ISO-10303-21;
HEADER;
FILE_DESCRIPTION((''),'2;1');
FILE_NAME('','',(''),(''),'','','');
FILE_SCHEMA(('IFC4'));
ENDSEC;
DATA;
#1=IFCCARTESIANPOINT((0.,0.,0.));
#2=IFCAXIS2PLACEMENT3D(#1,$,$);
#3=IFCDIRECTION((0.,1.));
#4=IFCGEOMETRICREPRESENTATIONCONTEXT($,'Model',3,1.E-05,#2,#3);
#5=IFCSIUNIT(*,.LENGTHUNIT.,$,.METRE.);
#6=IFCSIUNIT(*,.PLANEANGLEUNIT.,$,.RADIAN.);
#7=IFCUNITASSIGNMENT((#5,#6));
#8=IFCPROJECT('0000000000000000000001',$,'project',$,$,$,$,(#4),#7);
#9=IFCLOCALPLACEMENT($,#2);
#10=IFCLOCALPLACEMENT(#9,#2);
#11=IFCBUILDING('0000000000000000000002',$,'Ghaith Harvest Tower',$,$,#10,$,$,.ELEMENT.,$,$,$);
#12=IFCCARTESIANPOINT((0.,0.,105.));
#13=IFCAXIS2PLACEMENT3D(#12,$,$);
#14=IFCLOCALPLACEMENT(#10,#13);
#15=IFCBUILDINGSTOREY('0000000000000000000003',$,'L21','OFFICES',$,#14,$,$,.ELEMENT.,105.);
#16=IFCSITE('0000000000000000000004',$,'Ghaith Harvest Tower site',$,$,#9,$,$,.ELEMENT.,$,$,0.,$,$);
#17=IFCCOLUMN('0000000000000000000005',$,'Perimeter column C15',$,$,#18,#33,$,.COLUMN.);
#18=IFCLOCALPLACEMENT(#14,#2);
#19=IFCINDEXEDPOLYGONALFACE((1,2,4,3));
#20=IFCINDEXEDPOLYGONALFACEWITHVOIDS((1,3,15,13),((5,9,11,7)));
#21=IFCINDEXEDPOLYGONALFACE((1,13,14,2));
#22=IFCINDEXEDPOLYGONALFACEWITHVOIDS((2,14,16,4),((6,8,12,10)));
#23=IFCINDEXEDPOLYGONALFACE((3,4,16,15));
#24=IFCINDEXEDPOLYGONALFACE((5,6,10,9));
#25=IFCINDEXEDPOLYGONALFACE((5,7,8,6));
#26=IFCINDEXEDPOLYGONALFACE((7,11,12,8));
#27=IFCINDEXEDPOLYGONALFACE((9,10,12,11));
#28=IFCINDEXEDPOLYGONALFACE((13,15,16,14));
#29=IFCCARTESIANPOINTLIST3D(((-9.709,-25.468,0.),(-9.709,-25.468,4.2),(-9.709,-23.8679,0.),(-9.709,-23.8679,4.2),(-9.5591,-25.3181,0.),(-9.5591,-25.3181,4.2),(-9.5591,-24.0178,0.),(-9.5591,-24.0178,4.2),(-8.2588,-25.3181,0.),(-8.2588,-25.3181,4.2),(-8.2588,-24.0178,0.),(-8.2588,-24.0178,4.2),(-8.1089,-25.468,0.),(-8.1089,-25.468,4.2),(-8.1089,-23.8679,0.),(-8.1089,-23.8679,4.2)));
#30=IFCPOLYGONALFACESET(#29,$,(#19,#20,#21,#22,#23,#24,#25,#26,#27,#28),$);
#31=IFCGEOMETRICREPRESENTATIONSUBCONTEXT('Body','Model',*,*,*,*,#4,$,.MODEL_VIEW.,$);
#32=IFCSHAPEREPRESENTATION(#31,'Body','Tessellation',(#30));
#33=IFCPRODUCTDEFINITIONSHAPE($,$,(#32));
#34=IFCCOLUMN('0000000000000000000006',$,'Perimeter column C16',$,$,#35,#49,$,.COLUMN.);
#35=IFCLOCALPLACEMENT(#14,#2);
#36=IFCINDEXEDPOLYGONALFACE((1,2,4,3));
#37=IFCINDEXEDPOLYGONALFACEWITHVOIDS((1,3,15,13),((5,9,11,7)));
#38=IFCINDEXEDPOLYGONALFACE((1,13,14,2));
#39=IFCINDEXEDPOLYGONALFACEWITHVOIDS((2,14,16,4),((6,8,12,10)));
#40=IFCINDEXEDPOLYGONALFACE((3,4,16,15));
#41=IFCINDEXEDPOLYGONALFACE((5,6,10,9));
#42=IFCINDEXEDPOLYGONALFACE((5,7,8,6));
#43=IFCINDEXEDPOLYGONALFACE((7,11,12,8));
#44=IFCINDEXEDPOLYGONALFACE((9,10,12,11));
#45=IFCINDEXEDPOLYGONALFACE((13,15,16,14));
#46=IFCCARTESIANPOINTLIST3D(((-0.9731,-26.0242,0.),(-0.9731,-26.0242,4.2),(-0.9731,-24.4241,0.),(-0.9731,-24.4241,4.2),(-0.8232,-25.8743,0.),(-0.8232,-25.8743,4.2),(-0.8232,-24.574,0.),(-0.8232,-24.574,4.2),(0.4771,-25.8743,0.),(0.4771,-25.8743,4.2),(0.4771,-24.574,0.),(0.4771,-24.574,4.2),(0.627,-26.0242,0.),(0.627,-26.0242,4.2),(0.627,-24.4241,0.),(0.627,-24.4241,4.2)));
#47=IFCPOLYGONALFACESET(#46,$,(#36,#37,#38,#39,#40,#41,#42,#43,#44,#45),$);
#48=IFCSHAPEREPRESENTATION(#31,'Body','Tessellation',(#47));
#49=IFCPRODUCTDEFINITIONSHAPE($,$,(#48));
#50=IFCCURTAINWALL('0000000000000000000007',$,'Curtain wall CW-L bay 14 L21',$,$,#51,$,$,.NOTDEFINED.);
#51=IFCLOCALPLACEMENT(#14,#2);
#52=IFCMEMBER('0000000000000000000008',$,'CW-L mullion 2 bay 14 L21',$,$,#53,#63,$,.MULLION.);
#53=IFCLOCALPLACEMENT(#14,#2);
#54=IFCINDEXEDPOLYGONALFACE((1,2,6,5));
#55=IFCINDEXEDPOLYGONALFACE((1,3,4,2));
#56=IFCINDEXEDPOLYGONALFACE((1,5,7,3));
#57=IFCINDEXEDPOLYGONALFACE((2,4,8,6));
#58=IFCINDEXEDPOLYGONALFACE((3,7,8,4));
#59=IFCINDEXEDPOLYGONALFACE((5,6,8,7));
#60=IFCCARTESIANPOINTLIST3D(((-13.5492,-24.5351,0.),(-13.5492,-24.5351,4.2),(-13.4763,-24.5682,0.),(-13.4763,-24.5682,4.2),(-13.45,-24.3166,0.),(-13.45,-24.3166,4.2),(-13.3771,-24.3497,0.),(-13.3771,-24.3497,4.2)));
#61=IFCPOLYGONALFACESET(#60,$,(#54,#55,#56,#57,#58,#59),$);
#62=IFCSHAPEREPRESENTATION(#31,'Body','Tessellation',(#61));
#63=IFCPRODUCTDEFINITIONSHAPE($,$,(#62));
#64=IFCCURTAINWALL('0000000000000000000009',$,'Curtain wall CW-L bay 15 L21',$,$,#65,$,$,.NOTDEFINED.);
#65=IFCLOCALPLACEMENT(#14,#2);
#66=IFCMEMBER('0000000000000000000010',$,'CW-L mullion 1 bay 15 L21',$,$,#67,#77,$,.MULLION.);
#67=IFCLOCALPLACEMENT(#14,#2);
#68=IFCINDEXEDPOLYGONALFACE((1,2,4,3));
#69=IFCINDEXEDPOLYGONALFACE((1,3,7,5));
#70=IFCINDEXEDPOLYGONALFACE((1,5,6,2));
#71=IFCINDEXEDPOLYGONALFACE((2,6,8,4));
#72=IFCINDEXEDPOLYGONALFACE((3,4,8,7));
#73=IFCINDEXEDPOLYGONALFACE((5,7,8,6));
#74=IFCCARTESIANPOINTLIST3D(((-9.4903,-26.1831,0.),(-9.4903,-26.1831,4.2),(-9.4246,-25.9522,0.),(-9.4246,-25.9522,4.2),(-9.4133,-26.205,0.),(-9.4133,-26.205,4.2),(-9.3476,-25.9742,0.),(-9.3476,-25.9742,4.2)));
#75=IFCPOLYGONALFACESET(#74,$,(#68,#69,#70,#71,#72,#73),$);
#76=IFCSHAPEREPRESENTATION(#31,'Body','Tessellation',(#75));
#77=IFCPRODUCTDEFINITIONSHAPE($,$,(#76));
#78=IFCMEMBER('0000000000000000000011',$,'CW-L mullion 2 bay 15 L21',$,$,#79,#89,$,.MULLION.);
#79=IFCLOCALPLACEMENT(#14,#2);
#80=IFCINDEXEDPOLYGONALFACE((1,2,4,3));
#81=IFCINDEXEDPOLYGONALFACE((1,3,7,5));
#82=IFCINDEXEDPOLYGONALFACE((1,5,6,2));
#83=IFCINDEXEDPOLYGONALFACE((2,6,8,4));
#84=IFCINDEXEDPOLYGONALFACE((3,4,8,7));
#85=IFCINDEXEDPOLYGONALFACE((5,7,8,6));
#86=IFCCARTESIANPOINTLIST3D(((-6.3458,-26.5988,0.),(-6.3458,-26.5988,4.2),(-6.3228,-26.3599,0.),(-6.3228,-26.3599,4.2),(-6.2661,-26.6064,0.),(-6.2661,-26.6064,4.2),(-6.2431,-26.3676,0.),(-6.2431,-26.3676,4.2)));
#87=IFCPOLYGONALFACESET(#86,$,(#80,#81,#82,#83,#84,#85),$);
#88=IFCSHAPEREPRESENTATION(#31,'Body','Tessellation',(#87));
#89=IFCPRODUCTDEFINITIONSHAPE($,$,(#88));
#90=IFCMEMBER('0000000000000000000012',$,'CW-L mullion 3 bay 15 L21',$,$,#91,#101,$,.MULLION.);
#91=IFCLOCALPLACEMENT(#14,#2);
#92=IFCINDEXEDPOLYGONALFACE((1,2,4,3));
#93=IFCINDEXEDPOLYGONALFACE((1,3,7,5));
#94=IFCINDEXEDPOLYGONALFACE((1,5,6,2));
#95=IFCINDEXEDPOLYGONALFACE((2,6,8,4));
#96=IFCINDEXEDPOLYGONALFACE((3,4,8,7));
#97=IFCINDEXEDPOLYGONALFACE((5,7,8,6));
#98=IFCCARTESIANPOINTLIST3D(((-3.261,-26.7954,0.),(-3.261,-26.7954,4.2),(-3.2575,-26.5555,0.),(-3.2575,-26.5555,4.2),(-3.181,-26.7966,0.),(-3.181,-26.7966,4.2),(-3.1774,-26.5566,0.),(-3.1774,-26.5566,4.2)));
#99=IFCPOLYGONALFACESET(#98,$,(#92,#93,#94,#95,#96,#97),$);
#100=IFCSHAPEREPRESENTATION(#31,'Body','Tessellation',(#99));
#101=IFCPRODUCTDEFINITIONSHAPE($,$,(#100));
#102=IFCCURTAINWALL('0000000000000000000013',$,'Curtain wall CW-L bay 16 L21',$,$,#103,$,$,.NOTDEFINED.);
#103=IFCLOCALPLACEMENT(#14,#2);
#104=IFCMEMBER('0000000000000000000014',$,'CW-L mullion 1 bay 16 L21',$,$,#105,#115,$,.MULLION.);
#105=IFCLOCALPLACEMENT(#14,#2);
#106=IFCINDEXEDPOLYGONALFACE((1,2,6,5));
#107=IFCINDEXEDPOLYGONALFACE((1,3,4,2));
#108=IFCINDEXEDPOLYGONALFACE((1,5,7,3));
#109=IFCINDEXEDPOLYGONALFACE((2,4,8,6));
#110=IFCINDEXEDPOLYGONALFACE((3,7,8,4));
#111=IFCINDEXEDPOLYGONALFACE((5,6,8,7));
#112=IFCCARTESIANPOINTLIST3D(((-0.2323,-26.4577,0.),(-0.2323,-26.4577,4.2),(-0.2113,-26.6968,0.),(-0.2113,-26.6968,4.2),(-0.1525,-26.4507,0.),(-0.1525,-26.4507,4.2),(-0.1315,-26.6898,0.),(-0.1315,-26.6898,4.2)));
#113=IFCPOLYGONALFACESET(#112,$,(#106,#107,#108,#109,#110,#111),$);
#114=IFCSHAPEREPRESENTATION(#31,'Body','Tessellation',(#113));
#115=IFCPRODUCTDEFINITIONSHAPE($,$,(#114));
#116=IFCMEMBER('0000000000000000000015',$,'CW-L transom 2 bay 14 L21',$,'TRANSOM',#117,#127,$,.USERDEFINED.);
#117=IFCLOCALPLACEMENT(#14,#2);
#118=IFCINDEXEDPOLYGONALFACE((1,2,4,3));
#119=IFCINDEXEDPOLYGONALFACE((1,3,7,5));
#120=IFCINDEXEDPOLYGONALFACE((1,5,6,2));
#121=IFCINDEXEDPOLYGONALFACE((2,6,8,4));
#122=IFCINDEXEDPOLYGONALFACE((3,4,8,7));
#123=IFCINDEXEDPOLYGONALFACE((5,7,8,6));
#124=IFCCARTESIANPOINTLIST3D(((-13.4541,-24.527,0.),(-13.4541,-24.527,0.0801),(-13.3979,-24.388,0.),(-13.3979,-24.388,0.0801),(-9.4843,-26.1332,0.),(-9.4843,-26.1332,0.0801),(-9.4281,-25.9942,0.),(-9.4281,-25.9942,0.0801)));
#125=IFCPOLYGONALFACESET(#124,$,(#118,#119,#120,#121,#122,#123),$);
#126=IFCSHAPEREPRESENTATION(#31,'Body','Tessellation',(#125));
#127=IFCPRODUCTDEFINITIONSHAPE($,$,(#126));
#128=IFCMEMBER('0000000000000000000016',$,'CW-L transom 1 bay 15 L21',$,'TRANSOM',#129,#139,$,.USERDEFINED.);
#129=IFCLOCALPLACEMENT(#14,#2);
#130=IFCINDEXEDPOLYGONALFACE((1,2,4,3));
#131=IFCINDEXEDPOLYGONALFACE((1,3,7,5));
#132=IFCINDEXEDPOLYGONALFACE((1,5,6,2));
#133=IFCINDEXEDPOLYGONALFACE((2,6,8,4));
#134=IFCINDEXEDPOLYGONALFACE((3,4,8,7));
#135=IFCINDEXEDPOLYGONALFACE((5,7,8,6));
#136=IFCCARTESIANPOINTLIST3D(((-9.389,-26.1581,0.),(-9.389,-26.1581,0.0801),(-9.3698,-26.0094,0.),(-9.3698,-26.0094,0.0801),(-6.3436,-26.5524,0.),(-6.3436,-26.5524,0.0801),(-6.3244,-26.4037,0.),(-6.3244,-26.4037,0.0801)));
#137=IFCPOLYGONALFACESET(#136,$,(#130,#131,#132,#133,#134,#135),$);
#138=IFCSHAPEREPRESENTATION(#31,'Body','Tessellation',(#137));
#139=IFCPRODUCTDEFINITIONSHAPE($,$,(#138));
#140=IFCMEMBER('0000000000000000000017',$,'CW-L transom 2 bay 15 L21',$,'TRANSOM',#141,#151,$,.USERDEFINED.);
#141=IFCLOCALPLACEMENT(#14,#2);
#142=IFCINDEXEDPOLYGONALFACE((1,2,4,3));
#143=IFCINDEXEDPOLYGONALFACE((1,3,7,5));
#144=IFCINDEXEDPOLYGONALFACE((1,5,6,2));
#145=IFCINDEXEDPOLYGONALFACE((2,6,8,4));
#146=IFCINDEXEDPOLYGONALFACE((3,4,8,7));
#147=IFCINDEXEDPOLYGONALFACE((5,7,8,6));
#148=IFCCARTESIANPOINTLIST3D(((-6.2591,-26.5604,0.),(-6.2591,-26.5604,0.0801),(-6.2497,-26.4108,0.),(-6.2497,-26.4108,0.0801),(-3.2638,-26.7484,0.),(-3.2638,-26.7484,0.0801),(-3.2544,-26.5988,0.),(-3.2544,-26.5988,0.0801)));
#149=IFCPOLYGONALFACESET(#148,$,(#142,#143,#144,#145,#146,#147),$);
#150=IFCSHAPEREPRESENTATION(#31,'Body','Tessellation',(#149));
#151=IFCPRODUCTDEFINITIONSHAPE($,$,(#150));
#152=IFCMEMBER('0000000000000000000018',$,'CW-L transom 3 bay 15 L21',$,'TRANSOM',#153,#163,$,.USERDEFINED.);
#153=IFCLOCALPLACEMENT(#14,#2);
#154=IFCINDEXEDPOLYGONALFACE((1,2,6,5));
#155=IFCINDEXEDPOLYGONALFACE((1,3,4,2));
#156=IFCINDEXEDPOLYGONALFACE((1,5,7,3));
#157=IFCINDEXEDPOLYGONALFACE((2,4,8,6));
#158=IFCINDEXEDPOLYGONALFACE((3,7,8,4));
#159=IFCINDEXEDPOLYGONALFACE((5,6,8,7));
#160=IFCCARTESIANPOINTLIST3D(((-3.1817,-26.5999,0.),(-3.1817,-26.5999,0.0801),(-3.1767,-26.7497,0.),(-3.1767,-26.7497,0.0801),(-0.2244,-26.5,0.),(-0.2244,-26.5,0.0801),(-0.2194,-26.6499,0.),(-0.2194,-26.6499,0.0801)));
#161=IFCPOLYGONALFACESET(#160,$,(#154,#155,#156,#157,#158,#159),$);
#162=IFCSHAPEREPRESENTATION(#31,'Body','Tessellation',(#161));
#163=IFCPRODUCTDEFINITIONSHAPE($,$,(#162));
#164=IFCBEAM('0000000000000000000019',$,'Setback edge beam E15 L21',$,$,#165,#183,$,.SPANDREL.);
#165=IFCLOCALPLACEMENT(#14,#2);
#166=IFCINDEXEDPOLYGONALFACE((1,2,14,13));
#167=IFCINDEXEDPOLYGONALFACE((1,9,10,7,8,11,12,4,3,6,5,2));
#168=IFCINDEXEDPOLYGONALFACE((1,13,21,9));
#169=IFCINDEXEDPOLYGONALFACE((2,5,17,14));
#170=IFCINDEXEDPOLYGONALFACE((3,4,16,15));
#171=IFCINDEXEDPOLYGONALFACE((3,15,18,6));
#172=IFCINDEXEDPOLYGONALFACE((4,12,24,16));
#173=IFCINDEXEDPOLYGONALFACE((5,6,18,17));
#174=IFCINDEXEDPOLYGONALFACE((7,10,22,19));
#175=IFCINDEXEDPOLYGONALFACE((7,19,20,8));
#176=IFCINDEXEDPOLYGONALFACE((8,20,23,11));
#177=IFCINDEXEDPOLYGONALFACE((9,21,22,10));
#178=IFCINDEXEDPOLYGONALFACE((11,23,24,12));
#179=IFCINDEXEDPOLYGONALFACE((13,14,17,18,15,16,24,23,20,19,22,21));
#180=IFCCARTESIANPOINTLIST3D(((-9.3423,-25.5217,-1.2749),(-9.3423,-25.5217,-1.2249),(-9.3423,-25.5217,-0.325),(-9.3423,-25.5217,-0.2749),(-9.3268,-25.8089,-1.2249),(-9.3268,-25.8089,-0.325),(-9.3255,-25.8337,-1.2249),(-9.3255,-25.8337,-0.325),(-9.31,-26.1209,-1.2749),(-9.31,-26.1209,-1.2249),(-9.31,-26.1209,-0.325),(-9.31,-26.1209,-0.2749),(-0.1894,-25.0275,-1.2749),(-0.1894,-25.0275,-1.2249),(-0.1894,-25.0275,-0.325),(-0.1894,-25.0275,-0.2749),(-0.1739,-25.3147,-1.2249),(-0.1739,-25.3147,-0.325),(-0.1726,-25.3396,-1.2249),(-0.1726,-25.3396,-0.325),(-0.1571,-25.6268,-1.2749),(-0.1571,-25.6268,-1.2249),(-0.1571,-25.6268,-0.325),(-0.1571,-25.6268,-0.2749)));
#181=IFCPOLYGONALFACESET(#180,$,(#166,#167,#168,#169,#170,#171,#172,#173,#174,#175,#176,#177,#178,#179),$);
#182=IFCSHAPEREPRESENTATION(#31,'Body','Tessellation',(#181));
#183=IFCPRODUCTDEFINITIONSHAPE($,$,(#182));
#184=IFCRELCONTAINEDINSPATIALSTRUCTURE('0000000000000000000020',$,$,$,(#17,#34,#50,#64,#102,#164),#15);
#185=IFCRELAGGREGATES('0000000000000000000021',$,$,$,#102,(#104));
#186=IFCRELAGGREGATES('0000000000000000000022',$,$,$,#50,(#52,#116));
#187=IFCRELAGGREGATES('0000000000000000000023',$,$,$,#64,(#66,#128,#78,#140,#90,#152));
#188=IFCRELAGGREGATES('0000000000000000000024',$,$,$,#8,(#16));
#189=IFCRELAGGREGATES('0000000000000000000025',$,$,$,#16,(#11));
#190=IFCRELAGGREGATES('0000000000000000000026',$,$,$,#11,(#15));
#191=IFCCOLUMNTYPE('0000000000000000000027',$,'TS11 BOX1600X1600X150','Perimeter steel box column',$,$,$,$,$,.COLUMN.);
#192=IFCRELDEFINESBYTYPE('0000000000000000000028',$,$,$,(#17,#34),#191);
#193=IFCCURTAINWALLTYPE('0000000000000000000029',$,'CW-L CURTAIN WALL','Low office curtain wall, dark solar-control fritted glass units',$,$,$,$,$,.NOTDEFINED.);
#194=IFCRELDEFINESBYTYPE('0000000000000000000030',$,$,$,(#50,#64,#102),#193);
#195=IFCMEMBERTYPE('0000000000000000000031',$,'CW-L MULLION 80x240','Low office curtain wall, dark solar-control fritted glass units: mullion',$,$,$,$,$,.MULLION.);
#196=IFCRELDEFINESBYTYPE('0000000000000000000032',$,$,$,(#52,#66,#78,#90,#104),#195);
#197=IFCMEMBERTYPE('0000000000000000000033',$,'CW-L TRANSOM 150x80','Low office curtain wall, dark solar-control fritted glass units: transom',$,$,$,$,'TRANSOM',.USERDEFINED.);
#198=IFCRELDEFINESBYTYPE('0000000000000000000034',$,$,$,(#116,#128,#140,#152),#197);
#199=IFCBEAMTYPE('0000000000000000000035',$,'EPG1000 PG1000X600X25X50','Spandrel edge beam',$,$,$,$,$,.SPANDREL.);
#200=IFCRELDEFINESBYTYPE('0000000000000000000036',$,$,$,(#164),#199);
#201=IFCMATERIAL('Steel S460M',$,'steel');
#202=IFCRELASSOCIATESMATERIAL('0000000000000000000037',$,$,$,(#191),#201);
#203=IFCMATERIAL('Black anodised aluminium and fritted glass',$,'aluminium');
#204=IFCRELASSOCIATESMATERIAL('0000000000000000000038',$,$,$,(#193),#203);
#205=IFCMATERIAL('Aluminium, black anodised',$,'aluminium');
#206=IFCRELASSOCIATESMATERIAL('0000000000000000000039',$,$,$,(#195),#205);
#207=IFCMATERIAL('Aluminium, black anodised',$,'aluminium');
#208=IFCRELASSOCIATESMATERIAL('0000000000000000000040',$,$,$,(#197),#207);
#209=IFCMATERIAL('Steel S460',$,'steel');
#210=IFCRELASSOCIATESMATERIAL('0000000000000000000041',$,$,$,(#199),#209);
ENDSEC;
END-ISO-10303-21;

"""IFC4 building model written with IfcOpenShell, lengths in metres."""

from ifc_helpers import new_model, si_unit, direction, frame, origin, origin_2d, place, context, subcontext, project, spatial, rectangle, hollow_rectangle, i_section, extrude, material, material_profile, profile_set, type_object, element, aggregate, save


model = new_model("IFC4")

# Units and contexts
model_context = context("Model", 3, precision=1e-05, world=origin(), true_north=direction((0.0, 1.0)))
body_context = subcontext(model_context, "Body", "Model", "MODEL_VIEW")
ifc_project = project(units=[si_unit("LENGTHUNIT", "METRE"), si_unit("PLANEANGLEUNIT", "RADIAN")], contexts=[model_context])

# Site, building, storey
site_placement = place(None, origin())
site = spatial("IfcSite", under=ifc_project, at=site_placement, Name="Ghaith Harvest Tower site", CompositionType="ELEMENT", RefElevation=0.0)
building_placement = place(site_placement, origin())
building = spatial("IfcBuilding", under=site, at=building_placement, Name="Ghaith Harvest Tower", CompositionType="ELEMENT")
storey_placement = place(building_placement, frame((0.0, 0.0, 105.0)))
storey = spatial("IfcBuildingStorey", under=building, at=storey_placement, Name="L21", Description="OFFICES", CompositionType="ELEMENT", Elevation=105.0)

# Columns
ifc_material_1 = material(Name="Steel S460M", Category="steel")
ifc_material_profile_1 = material_profile(ifc_material_1, hollow_rectangle(XDim=1.6001, YDim=1.6001, WallThickness=0.1499, at=origin_2d()), Name="BOX1600X1600X150")
ifc_profile_set_1 = profile_set([ifc_material_profile_1], Name="Steel S460M")
column_type = type_object("IfcColumnType", Name="TS11 BOX1600X1600X150", Description="Perimeter steel box column", PredefinedType="COLUMN", material=ifc_profile_set_1)
for number, where, z_axis, x_axis, name in (
    (1, (-8.9089, -24.668, 0.0), (0.0, 0.0, 1.0), (1.0, 0.0, 0.0), "Perimeter column C15"),
    (2, (-0.1731, -25.2241, 0.0), (0.0, 0.0, 1.0), (1.0, 0.0, 0.0), "Perimeter column C16"),
):
    element("IfcColumn", number, at=place(storey_placement, frame(where, z_axis=z_axis, x_axis=x_axis)), inside=storey, type_object=column_type, Name=name, PredefinedType="COLUMN", context=body_context, shape_type="SweptSolid", body=[
        extrude(hollow_rectangle(XDim=1.6001, YDim=1.6001, WallThickness=0.1499, at=origin_2d()), origin(), (0.0, 0.0, 1.0), 4.2),
    ])

# Curtain wall, member
ifc_material_2 = material(Name="Black anodised aluminium and fritted glass", Category="aluminium")
curtain_wall_type = type_object("IfcCurtainWallType", Name="CW-L CURTAIN WALL", Description="Low office curtain wall, dark solar-control fritted glass units", PredefinedType="NOTDEFINED", material=ifc_material_2)
curtain_wall_1_placement = place(storey_placement, origin())
curtain_wall_1 = element("IfcCurtainWall", 3, at=curtain_wall_1_placement, inside=storey, type_object=curtain_wall_type, Name="Curtain wall CW-L bay 14 L21", PredefinedType="NOTDEFINED")
ifc_material_3 = material(Name="Aluminium, black anodised", Category="aluminium")
ifc_material_profile_2 = material_profile(ifc_material_3, rectangle(XDim=0.0801, YDim=0.24, at=origin_2d()), Name="CW-L MULLION 80x240")
ifc_profile_set_2 = profile_set([ifc_material_profile_2], Name="Aluminium, black anodised")
member_type_1 = type_object("IfcMemberType", Name="CW-L MULLION 80x240", Description="Low office curtain wall, dark solar-control fritted glass units: mullion", PredefinedType="MULLION", material=ifc_profile_set_2)
member_1_placement = place(storey_placement, frame((-13.4631, -24.4424, 0.0), z_axis=(0.0, 0.0, 1.0), x_axis=(0.910648, -0.413183, 0.0)))
member_1 = element("IfcMember", 4, at=member_1_placement, type_object=member_type_1, Name="CW-L mullion 2 bay 14 L21", PredefinedType="MULLION", context=body_context, shape_type="SweptSolid", body=[
    extrude(rectangle(XDim=0.0801, YDim=0.24, at=origin_2d()), origin(), (0.0, 0.0, 1.0), 4.2),
])

# Curtain wall, members
curtain_wall_2_placement = place(storey_placement, origin())
curtain_wall_2 = element("IfcCurtainWall", 5, at=curtain_wall_2_placement, inside=storey, type_object=curtain_wall_type, Name="Curtain wall CW-L bay 15 L21", PredefinedType="NOTDEFINED")
member_2_placement = place(storey_placement, frame((-9.4189, -26.0786, 0.0), z_axis=(0.0, 0.0, 1.0), x_axis=(0.961789, -0.273793, 0.0)))
member_2 = element("IfcMember", 6, at=member_2_placement, type_object=member_type_1, Name="CW-L mullion 1 bay 15 L21", PredefinedType="MULLION", context=body_context, shape_type="SweptSolid", body=[
    extrude(rectangle(XDim=0.0801, YDim=0.24, at=origin_2d()), origin(), (0.0, 0.0, 1.0), 4.2),
])
member_3_placement = place(storey_placement, frame((-6.2944, -26.4832, 0.0), z_axis=(0.0, 0.0, 1.0), x_axis=(0.995389, -0.095918, 0.0)))
member_3 = element("IfcMember", 7, at=member_3_placement, type_object=member_type_1, Name="CW-L mullion 2 bay 15 L21", PredefinedType="MULLION", context=body_context, shape_type="SweptSolid", body=[
    extrude(rectangle(XDim=0.0801, YDim=0.24, at=origin_2d()), origin(), (0.0, 0.0, 1.0), 4.2),
])
member_4_placement = place(storey_placement, frame((-3.2192, -26.676, 0.0), z_axis=(0.0, 0.0, 1.0), x_axis=(0.999891, -0.014796, 0.0)))
member_4 = element("IfcMember", 8, at=member_4_placement, type_object=member_type_1, Name="CW-L mullion 3 bay 15 L21", PredefinedType="MULLION", context=body_context, shape_type="SweptSolid", body=[
    extrude(rectangle(XDim=0.0801, YDim=0.24, at=origin_2d()), origin(), (0.0, 0.0, 1.0), 4.2),
])

# Curtain wall, member
curtain_wall_3_placement = place(storey_placement, origin())
curtain_wall_3 = element("IfcCurtainWall", 9, at=curtain_wall_3_placement, inside=storey, type_object=curtain_wall_type, Name="Curtain wall CW-L bay 16 L21", PredefinedType="NOTDEFINED")
member_5_placement = place(storey_placement, frame((-0.1819, -26.5737, 0.0), z_axis=(0.0, 0.0, 1.0), x_axis=(0.996169, 0.087446, 0.0)))
member_5 = element("IfcMember", 10, at=member_5_placement, type_object=member_type_1, Name="CW-L mullion 1 bay 16 L21", PredefinedType="MULLION", context=body_context, shape_type="SweptSolid", body=[
    extrude(rectangle(XDim=0.0801, YDim=0.24, at=origin_2d()), origin(), (0.0, 0.0, 1.0), 4.2),
])
aggregate(curtain_wall_3, [member_5])

# Members
ifc_material_4 = material(Name="Aluminium, black anodised", Category="aluminium")
ifc_material_profile_3 = material_profile(ifc_material_4, rectangle(XDim=0.1499, YDim=0.0801, at=origin_2d()), Name="CW-L TRANSOM 150x80")
ifc_profile_set_3 = profile_set([ifc_material_profile_3], Name="Aluminium, black anodised")
member_type_2 = type_object("IfcMemberType", Name="CW-L TRANSOM 150x80", Description="Low office curtain wall, dark solar-control fritted glass units: transom", ElementType="TRANSOM", PredefinedType="USERDEFINED", material=ifc_profile_set_3)
member_6_placement = place(storey_placement, frame((-13.426, -24.4575, 0.04), z_axis=(0.927003, -0.375054, 0.0), x_axis=(0.375054, 0.927003, 0.0)))
member_6 = element("IfcMember", 11, at=member_6_placement, type_object=member_type_2, Name="CW-L transom 2 bay 14 L21", ObjectType="TRANSOM", PredefinedType="USERDEFINED", context=body_context, shape_type="SweptSolid", body=[
    extrude(rectangle(XDim=0.1499, YDim=0.0801, at=origin_2d()), origin(), (0.0, 0.0, 1.0), 4.2825),
])
member_7_placement = place(storey_placement, frame((-9.3794, -26.0837, 0.04), z_axis=(0.991723, -0.128398, 0.0), x_axis=(0.128398, 0.991723, 0.0)))
member_7 = element("IfcMember", 12, at=member_7_placement, type_object=member_type_2, Name="CW-L transom 1 bay 15 L21", ObjectType="TRANSOM", PredefinedType="USERDEFINED", context=body_context, shape_type="SweptSolid", body=[
    extrude(rectangle(XDim=0.1499, YDim=0.0801, at=origin_2d()), origin(), (0.0, 0.0, 1.0), 3.0708),
])
member_8_placement = place(storey_placement, frame((-6.2544, -26.4856, 0.04), z_axis=(0.998036, -0.062637, 0.0), x_axis=(0.062637, 0.998036, 0.0)))
member_8 = element("IfcMember", 13, at=member_8_placement, type_object=member_type_2, Name="CW-L transom 2 bay 15 L21", ObjectType="TRANSOM", PredefinedType="USERDEFINED", context=body_context, shape_type="SweptSolid", body=[
    extrude(rectangle(XDim=0.1499, YDim=0.0801, at=origin_2d()), origin(), (0.0, 0.0, 1.0), 3.0012),
])
member_9_placement = place(storey_placement, frame((-3.1792, -26.6748, 0.04), z_axis=(0.99943, 0.033746, 0.0), x_axis=(-0.033746, 0.99943, 0.0)))
member_9 = element("IfcMember", 14, at=member_9_placement, type_object=member_type_2, Name="CW-L transom 3 bay 15 L21", ObjectType="TRANSOM", PredefinedType="USERDEFINED", context=body_context, shape_type="SweptSolid", body=[
    extrude(rectangle(XDim=0.1499, YDim=0.0801, at=origin_2d()), origin(), (0.0, 0.0, 1.0), 2.959),
])

# Beam
ifc_material_5 = material(Name="Steel S460", Category="steel")
ifc_material_profile_4 = material_profile(ifc_material_5, i_section(OverallWidth=0.6001, OverallDepth=1.0, WebThickness=0.0249, FlangeThickness=0.05, at=origin_2d()), Name="PG1000X600X25X50")
ifc_profile_set_4 = profile_set([ifc_material_profile_4], Name="Steel S460")
beam_type_1 = type_object("IfcBeamType", Name="EPG1000 PG1000X600X25X50", Description="Spandrel edge beam", PredefinedType="SPANDREL", material=ifc_profile_set_4)
beam_1_placement = place(storey_placement, frame((-9.3262, -25.8213, -0.7749), z_axis=(0.998546, 0.053909, 0.0), x_axis=(-0.053909, 0.998546, 0.0)))
element("IfcBeam", 15, at=beam_1_placement, inside=storey, type_object=beam_type_1, Name="Setback edge beam E15 L21", PredefinedType="SPANDREL", context=body_context, shape_type="SweptSolid", body=[
    extrude(i_section(OverallWidth=0.6001, OverallDepth=1.0, WebThickness=0.0249, FlangeThickness=0.05, at=origin_2d()), origin(), (0.0, 0.0, 1.0), 9.1663),
])

aggregate(curtain_wall_1, [member_1, member_6])
aggregate(curtain_wall_2, [member_2, member_7, member_3, member_8, member_4, member_9])

save(model, "model.ifc")
